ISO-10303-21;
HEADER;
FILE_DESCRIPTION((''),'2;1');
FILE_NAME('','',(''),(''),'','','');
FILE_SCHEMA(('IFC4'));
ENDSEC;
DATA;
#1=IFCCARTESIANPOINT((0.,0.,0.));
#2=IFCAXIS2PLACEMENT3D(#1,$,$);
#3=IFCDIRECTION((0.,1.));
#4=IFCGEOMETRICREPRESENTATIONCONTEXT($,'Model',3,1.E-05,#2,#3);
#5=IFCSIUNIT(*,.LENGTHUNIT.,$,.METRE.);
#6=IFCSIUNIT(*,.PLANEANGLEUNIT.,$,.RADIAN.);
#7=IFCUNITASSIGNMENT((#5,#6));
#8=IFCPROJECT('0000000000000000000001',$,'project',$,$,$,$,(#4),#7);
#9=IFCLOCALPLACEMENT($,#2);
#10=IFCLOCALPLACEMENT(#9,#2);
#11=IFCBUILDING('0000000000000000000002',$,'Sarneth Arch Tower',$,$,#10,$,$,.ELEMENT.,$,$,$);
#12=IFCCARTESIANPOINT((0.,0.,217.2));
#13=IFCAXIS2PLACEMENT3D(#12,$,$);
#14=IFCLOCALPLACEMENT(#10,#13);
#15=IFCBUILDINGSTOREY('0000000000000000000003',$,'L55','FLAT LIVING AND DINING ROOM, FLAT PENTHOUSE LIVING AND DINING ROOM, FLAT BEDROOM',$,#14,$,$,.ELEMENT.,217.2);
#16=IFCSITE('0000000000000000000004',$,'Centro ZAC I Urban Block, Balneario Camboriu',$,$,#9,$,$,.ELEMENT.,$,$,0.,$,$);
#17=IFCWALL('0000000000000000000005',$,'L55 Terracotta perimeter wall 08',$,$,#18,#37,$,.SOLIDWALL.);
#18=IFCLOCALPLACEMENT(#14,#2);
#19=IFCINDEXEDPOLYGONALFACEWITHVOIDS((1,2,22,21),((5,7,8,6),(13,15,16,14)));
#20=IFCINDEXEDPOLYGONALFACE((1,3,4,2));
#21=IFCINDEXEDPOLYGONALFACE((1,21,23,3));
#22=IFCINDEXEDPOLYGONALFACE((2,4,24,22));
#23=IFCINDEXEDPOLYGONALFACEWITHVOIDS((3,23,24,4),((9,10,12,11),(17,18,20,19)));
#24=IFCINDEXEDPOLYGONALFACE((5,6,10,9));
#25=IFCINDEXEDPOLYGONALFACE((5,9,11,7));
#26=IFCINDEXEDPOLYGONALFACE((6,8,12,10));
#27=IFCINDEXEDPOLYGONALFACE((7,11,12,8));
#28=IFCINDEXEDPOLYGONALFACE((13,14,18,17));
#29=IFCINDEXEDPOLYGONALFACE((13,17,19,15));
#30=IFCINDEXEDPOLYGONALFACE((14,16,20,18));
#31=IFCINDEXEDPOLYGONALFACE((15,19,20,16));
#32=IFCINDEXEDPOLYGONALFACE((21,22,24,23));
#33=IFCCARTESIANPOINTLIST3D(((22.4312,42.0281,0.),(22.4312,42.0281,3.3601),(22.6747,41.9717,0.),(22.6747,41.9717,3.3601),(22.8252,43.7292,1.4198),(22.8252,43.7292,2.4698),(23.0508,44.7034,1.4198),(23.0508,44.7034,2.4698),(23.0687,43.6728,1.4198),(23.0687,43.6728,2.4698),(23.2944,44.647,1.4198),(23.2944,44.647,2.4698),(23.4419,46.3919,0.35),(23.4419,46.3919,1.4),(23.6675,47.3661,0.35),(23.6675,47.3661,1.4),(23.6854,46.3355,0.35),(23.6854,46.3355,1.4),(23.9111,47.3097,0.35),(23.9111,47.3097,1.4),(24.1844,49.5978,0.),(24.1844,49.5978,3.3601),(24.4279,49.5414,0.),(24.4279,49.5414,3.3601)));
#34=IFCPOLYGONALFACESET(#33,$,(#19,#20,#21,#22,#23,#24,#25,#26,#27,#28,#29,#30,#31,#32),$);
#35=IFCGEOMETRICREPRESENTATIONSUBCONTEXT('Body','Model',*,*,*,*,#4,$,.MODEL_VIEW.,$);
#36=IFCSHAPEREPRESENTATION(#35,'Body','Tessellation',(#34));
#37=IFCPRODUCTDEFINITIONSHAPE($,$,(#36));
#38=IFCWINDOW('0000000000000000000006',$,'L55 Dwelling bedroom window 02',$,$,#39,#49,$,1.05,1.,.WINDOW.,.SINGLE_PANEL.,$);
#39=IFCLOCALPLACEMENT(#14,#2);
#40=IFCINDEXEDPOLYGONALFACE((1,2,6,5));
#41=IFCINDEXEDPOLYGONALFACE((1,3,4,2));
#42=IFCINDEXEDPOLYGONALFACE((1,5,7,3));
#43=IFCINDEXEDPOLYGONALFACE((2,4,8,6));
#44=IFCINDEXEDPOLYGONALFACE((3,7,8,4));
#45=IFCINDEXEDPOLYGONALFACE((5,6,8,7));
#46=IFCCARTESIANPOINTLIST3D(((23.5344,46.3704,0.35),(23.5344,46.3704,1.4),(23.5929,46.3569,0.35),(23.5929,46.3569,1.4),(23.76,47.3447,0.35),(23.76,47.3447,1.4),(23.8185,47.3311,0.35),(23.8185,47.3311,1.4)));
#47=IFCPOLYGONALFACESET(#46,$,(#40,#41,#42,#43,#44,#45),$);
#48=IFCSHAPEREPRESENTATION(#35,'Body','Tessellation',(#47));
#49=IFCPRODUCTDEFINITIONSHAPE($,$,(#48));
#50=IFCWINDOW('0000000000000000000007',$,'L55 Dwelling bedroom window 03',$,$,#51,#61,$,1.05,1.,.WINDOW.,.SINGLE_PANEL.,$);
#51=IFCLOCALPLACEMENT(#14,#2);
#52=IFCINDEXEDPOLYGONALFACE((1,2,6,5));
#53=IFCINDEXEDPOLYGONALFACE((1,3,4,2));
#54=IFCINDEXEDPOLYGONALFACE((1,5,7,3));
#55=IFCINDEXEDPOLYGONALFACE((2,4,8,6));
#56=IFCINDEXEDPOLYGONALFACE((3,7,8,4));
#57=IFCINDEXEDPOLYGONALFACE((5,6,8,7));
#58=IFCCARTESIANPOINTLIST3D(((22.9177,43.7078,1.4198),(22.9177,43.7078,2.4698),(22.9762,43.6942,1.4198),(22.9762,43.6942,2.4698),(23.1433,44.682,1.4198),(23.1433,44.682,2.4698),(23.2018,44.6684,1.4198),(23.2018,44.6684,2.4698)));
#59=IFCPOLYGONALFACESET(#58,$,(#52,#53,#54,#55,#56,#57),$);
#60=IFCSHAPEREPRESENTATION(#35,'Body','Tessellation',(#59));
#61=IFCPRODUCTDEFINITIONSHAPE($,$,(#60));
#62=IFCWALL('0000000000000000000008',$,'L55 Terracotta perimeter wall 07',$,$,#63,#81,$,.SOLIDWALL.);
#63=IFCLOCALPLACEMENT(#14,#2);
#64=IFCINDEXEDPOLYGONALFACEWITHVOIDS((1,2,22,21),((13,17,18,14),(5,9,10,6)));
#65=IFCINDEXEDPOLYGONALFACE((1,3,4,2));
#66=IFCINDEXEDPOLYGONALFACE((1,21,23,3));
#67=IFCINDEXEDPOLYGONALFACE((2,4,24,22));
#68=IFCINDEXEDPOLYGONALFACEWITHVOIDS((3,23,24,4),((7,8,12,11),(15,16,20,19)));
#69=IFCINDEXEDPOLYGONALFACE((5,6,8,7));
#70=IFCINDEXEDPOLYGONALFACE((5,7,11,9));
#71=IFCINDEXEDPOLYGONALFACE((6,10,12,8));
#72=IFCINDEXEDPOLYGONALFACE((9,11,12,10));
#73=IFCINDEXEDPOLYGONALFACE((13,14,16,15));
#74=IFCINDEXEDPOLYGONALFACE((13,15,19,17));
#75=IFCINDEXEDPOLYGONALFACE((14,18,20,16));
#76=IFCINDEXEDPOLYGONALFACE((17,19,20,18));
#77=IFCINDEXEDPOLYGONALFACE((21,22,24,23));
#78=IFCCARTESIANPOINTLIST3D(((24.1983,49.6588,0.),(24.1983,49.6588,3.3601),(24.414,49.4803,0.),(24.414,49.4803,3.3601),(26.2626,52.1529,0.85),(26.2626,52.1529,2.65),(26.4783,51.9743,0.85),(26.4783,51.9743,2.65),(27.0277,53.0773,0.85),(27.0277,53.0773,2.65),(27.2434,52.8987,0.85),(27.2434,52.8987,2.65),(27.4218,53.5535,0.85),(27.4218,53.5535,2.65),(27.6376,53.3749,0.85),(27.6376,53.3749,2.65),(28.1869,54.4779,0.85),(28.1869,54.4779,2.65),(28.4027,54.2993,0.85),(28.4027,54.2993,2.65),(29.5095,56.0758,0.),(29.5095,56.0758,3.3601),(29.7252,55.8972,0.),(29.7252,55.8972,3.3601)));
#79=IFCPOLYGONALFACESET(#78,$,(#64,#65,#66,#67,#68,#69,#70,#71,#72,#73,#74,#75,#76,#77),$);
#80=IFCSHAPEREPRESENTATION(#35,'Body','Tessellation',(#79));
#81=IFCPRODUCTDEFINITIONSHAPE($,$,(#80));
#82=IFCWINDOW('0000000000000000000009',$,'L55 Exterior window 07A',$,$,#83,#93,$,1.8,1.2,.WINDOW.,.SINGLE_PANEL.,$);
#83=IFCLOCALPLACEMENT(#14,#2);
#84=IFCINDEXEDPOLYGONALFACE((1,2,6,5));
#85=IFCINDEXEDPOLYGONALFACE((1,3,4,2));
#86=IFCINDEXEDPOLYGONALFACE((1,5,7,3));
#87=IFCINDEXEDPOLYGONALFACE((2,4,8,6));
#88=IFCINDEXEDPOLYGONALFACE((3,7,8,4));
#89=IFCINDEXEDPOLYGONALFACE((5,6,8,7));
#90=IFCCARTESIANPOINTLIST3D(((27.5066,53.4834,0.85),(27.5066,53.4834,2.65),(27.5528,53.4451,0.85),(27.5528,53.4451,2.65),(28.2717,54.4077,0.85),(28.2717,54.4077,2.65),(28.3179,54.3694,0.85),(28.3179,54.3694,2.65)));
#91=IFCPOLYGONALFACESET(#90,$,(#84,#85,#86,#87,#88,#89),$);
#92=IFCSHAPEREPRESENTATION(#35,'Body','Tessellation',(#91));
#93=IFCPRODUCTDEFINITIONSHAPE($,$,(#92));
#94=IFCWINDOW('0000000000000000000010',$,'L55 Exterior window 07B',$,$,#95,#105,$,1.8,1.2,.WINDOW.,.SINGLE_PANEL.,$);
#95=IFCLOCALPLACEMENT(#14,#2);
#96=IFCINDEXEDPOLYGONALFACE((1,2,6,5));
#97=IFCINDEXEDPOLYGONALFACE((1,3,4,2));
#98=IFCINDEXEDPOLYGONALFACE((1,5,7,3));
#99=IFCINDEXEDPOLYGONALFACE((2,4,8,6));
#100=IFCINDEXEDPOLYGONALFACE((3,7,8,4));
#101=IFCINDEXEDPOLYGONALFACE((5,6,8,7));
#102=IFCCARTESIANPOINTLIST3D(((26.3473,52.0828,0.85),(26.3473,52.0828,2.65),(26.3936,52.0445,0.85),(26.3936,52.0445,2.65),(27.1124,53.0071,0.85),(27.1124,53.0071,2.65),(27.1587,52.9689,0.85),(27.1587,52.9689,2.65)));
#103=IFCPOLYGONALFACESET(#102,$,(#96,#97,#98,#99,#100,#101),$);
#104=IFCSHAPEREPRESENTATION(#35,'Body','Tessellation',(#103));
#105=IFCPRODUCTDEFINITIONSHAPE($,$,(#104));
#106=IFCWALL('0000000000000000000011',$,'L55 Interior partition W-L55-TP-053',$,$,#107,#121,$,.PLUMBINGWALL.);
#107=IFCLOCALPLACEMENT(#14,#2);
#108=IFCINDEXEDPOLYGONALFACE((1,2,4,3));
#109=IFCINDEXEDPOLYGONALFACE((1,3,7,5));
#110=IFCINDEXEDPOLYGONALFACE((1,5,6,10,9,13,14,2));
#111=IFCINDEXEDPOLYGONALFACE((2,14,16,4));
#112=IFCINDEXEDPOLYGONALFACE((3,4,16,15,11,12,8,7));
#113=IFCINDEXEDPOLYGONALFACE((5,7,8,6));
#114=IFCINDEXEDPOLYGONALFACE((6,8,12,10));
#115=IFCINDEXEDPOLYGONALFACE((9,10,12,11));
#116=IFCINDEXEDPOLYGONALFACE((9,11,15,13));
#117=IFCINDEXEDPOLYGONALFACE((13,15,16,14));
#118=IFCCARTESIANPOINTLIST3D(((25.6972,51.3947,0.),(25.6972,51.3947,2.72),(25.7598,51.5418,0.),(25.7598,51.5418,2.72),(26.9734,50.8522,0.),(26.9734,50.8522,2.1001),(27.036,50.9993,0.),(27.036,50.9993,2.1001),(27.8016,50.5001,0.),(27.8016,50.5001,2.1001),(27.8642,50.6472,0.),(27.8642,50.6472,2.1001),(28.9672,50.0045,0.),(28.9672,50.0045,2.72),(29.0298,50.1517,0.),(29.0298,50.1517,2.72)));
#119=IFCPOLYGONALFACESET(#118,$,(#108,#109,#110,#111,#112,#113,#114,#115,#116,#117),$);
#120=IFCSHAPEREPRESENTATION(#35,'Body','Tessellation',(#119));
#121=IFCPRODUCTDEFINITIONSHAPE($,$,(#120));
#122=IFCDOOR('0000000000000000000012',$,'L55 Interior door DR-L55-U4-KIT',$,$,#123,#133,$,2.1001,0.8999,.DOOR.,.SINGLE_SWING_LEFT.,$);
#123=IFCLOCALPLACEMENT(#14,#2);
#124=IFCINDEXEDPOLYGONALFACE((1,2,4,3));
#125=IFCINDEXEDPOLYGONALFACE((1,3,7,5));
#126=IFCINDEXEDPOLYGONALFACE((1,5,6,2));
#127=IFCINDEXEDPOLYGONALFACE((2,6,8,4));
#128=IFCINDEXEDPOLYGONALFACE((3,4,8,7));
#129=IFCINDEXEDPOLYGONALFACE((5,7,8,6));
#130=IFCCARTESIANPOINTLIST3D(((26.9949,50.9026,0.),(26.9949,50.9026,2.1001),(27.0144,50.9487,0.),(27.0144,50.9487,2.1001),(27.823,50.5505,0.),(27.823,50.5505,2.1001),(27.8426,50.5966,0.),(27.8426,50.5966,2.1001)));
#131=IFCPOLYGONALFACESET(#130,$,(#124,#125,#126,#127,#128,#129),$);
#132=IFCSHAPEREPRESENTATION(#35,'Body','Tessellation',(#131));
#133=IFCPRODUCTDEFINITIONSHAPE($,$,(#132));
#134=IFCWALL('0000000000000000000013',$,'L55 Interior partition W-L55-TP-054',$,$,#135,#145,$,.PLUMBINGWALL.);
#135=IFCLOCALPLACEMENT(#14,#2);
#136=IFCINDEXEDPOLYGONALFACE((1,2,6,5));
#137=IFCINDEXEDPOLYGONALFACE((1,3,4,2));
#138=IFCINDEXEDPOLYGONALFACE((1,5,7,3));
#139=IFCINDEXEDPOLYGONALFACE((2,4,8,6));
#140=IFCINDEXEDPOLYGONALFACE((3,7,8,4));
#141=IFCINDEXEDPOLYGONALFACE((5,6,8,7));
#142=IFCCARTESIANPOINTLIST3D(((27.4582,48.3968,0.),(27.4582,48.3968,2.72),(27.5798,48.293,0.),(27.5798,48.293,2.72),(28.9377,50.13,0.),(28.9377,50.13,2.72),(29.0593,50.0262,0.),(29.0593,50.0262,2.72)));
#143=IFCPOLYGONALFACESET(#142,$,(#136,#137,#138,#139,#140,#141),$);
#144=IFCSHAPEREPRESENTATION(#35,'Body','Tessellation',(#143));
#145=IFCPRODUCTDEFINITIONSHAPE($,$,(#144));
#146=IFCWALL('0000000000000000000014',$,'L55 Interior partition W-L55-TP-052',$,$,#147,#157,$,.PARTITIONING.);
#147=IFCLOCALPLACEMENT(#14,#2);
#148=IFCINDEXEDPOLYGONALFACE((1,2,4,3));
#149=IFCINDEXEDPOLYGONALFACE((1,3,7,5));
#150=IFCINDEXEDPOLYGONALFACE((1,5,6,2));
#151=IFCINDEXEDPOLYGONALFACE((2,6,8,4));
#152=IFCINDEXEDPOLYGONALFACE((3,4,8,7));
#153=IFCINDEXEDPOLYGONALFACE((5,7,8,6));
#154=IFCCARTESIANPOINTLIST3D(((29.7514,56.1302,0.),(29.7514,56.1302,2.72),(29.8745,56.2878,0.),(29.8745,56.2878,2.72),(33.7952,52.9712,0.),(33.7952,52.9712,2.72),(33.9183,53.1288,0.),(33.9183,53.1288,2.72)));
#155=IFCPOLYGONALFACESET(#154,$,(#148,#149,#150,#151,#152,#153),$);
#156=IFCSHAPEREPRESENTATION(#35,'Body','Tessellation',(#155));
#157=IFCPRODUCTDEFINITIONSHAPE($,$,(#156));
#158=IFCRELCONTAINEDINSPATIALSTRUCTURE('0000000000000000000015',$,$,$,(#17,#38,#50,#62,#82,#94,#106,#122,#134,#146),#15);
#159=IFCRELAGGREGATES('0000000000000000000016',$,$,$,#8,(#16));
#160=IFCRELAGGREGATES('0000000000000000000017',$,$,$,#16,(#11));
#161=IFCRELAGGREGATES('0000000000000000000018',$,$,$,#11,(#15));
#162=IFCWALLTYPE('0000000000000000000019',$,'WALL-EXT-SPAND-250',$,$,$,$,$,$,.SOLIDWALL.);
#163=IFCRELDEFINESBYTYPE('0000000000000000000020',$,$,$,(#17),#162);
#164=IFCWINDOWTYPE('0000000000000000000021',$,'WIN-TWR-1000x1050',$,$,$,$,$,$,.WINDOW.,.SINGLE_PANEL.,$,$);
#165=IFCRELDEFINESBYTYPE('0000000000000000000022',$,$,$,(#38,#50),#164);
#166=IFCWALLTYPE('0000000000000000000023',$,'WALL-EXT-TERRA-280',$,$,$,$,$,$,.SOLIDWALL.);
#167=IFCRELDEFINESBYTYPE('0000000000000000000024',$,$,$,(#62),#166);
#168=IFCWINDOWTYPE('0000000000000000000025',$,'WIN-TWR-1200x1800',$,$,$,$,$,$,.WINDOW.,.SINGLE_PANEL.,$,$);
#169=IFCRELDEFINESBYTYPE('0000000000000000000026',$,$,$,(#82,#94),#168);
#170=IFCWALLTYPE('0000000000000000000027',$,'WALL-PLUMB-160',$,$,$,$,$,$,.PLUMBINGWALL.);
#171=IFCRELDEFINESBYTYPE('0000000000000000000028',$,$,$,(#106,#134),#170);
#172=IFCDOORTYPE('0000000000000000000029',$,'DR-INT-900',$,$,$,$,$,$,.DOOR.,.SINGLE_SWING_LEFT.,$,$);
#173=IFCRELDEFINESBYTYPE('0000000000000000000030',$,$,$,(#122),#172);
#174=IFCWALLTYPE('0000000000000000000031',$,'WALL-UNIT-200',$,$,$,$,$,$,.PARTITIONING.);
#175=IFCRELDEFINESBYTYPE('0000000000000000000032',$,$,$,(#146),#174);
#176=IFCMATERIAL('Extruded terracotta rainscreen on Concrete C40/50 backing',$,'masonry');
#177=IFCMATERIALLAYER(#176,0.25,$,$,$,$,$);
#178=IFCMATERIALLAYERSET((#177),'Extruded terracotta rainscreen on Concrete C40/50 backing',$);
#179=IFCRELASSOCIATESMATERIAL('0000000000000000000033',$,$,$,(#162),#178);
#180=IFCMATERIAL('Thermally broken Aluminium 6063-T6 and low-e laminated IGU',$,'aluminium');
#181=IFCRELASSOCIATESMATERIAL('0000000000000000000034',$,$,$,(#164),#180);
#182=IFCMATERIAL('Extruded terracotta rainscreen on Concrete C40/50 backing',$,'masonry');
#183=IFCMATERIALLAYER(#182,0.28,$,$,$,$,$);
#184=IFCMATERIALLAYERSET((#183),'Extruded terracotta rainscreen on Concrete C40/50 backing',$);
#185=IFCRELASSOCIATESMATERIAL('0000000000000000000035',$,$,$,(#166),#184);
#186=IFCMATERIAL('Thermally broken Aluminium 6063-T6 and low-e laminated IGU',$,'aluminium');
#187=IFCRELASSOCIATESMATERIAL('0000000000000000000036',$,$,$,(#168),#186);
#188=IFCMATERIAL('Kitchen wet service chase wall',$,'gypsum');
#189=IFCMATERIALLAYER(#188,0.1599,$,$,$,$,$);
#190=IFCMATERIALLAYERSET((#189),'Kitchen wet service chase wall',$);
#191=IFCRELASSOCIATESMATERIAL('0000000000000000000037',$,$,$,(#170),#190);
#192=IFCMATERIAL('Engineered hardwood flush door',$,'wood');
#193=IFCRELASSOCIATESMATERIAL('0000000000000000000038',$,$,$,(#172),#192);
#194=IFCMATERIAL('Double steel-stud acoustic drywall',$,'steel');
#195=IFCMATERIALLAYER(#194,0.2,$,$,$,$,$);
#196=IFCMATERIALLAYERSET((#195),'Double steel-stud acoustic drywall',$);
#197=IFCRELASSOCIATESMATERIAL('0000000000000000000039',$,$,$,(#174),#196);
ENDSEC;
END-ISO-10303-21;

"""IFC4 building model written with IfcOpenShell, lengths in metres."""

from ifc_helpers import new_model, si_unit, direction, frame, frame_2d, origin, place, context, subcontext, project, spatial, rectangle, extrude, material, layer, layer_set, type_object, element, fill, save


model = new_model("IFC4")

# Units and contexts
model_context = context("Model", 3, precision=1e-05, world=origin(), true_north=direction((0.0, 1.0)))
body_context = subcontext(model_context, "Body", "Model", "MODEL_VIEW")
ifc_project = project(units=[si_unit("LENGTHUNIT", "METRE"), si_unit("PLANEANGLEUNIT", "RADIAN")], contexts=[model_context])

# Site, building, storey
site_placement = place(None, origin())
site = spatial("IfcSite", under=ifc_project, at=site_placement, Name="Centro ZAC I Urban Block, Balneario Camboriu", CompositionType="ELEMENT", RefElevation=0.0)
building_placement = place(site_placement, origin())
building = spatial("IfcBuilding", under=site, at=building_placement, Name="Sarneth Arch Tower", CompositionType="ELEMENT")
storey_placement = place(building_placement, frame((0.0, 0.0, 217.2)))
storey = spatial("IfcBuildingStorey", under=building, at=storey_placement, Name="L55", Description="FLAT LIVING AND DINING ROOM, FLAT PENTHOUSE LIVING AND DINING ROOM, FLAT BEDROOM", CompositionType="ELEMENT", Elevation=217.2)

# Walls, openings, windows
ifc_material_1 = material(Name="Extruded terracotta rainscreen on Concrete C40/50 backing", Category="masonry")
ifc_layer_1 = layer(ifc_material_1, 0.25)
ifc_layer_set_1 = layer_set([ifc_layer_1], Name="Extruded terracotta rainscreen on Concrete C40/50 backing")
wall_type_1 = type_object("IfcWallType", Name="WALL-EXT-SPAND-250", PredefinedType="SOLIDWALL", material=ifc_layer_set_1)
wall_1_placement = place(storey_placement, frame((24.3062, 49.5696, 0.0), z_axis=(0.0, 0.0, 1.0), x_axis=(-0.225635, -0.974212, 0.0)))
wall_1 = element("IfcWall", 1, at=wall_1_placement, inside=storey, type_object=wall_type_1, Name="L55 Terracotta perimeter wall 08", PredefinedType="SOLIDWALL", context=body_context, shape_type="SweptSolid", body=[
    extrude(rectangle(XDim=7.77, YDim=0.25, at=frame_2d((3.885, 0.0))), origin(), (0.0, 0.0, 1.0), 3.3601),
])
opening_1_placement = place(wall_1_placement, frame((2.2908, 0.0, 0.3501)))
opening_1 = element("IfcOpeningElement", 2, at=opening_1_placement, cuts=wall_1, PredefinedType="OPENING", context=body_context, shape_type="SweptSolid", body=[
    extrude(rectangle(XDim=1.0, YDim=1.05, at=frame_2d((0.5, 0.5249))), frame((0.0, 0.135, 0.0), z_axis=(0.0, -1.0, 0.0), x_axis=(1.0, 0.0, 0.0)), (0.0, 0.0, 1.0), 0.27),
])
opening_2_placement = place(wall_1_placement, frame((5.0239, 0.0, 1.4199)))
opening_2 = element("IfcOpeningElement", 3, at=opening_2_placement, cuts=wall_1, PredefinedType="OPENING", context=body_context, shape_type="SweptSolid", body=[
    extrude(rectangle(XDim=1.0, YDim=1.05, at=frame_2d((0.5, 0.5249))), frame((0.0, 0.135, 0.0), z_axis=(0.0, -1.0, 0.0), x_axis=(1.0, 0.0, 0.0)), (0.0, 0.0, 1.0), 0.27),
])
ifc_material_2 = material(Name="Thermally broken Aluminium 6063-T6 and low-e laminated IGU", Category="aluminium")
window_type_1 = type_object("IfcWindowType", Name="WIN-TWR-1000x1050", PartitioningType="SINGLE_PANEL", PredefinedType="WINDOW", material=ifc_material_2)
window_1_placement = place(opening_1_placement, origin())
window_1 = element("IfcWindow", 4, at=window_1_placement, inside=storey, type_object=window_type_1, Name="L55 Dwelling bedroom window 02", OverallHeight=1.05, OverallWidth=1.0, PartitioningType="SINGLE_PANEL", PredefinedType="WINDOW", context=body_context, shape_type="SweptSolid", body=[
    extrude(rectangle(XDim=1.0, YDim=1.05, at=frame_2d((0.5, 0.5249))), frame((0.0, 0.03, 0.0), z_axis=(0.0, -1.0, 0.0), x_axis=(1.0, 0.0, 0.0)), (0.0, 0.0, 1.0), 0.0601),
])
fill(opening_1, window_1)
window_2_placement = place(opening_2_placement, origin())
window_2 = element("IfcWindow", 5, at=window_2_placement, inside=storey, type_object=window_type_1, Name="L55 Dwelling bedroom window 03", OverallHeight=1.05, OverallWidth=1.0, PartitioningType="SINGLE_PANEL", PredefinedType="WINDOW", context=body_context, shape_type="SweptSolid", body=[
    extrude(rectangle(XDim=1.0, YDim=1.05, at=frame_2d((0.5, 0.5249))), frame((0.0, 0.03, 0.0), z_axis=(0.0, -1.0, 0.0), x_axis=(1.0, 0.0, 0.0)), (0.0, 0.0, 1.0), 0.0601),
])
fill(opening_2, window_2)
ifc_material_3 = material(Name="Extruded terracotta rainscreen on Concrete C40/50 backing", Category="masonry")
ifc_layer_2 = layer(ifc_material_3, 0.28)
ifc_layer_set_2 = layer_set([ifc_layer_2], Name="Extruded terracotta rainscreen on Concrete C40/50 backing")
wall_type_2 = type_object("IfcWallType", Name="WALL-EXT-TERRA-280", PredefinedType="SOLIDWALL", material=ifc_layer_set_2)
wall_2_placement = place(storey_placement, frame((29.6174, 55.9866, 0.0), z_axis=(0.0, 0.0, 1.0), x_axis=(-0.637615, -0.770355, 0.0)))
wall_2 = element("IfcWall", 6, at=wall_2_placement, inside=storey, type_object=wall_type_2, Name="L55 Terracotta perimeter wall 07", PredefinedType="SOLIDWALL", context=body_context, shape_type="SweptSolid", body=[
    extrude(rectangle(XDim=8.3298, YDim=0.28, at=frame_2d((4.165, 0.0))), origin(), (0.0, 0.0, 1.0), 3.3601),
])
opening_3_placement = place(wall_2_placement, frame((2.0742, 0.0, 0.8501)))
opening_3 = element("IfcOpeningElement", 7, at=opening_3_placement, cuts=wall_2, PredefinedType="OPENING", context=body_context, shape_type="SweptSolid", body=[
    extrude(rectangle(XDim=1.2, YDim=1.8, at=frame_2d((0.6001, 0.8999))), frame((0.0, 0.1499, 0.0), z_axis=(0.0, -1.0, 0.0), x_axis=(1.0, 0.0, 0.0)), (0.0, 0.0, 1.0), 0.3),
])
opening_4_placement = place(wall_2_placement, frame((3.8923, 0.0, 0.8501)))
opening_4 = element("IfcOpeningElement", 8, at=opening_4_placement, cuts=wall_2, PredefinedType="OPENING", context=body_context, shape_type="SweptSolid", body=[
    extrude(rectangle(XDim=1.2, YDim=1.8, at=frame_2d((0.6001, 0.8999))), frame((0.0, 0.1499, 0.0), z_axis=(0.0, -1.0, 0.0), x_axis=(1.0, 0.0, 0.0)), (0.0, 0.0, 1.0), 0.3),
])
ifc_material_4 = material(Name="Thermally broken Aluminium 6063-T6 and low-e laminated IGU", Category="aluminium")
window_type_2 = type_object("IfcWindowType", Name="WIN-TWR-1200x1800", PartitioningType="SINGLE_PANEL", PredefinedType="WINDOW", material=ifc_material_4)
window_3_placement = place(opening_3_placement, origin())
window_3 = element("IfcWindow", 9, at=window_3_placement, inside=storey, type_object=window_type_2, Name="L55 Exterior window 07A", OverallHeight=1.8, OverallWidth=1.2, PartitioningType="SINGLE_PANEL", PredefinedType="WINDOW", context=body_context, shape_type="SweptSolid", body=[
    extrude(rectangle(XDim=1.2, YDim=1.8, at=frame_2d((0.6001, 0.8999))), frame((0.0, 0.03, 0.0), z_axis=(0.0, -1.0, 0.0), x_axis=(1.0, 0.0, 0.0)), (0.0, 0.0, 1.0), 0.0601),
])
fill(opening_3, window_3)
window_4_placement = place(opening_4_placement, origin())
window_4 = element("IfcWindow", 10, at=window_4_placement, inside=storey, type_object=window_type_2, Name="L55 Exterior window 07B", OverallHeight=1.8, OverallWidth=1.2, PartitioningType="SINGLE_PANEL", PredefinedType="WINDOW", context=body_context, shape_type="SweptSolid", body=[
    extrude(rectangle(XDim=1.2, YDim=1.8, at=frame_2d((0.6001, 0.8999))), frame((0.0, 0.03, 0.0), z_axis=(0.0, -1.0, 0.0), x_axis=(1.0, 0.0, 0.0)), (0.0, 0.0, 1.0), 0.0601),
])
fill(opening_4, window_4)

# Wall, opening, door
ifc_material_5 = material(Name="Kitchen wet service chase wall", Category="gypsum")
ifc_layer_3 = layer(ifc_material_5, 0.1599)
ifc_layer_set_3 = layer_set([ifc_layer_3], Name="Kitchen wet service chase wall")
wall_type_3 = type_object("IfcWallType", Name="WALL-PLUMB-160", PredefinedType="PLUMBINGWALL", material=ifc_layer_set_3)
wall_3_placement = place(storey_placement, frame((25.7285, 51.4683, 0.0), z_axis=(0.0, 0.0, 1.0), x_axis=(0.920293, -0.391231, 0.0)))
wall_3 = element("IfcWall", 11, at=wall_3_placement, inside=storey, type_object=wall_type_3, Name="L55 Interior partition W-L55-TP-053", PredefinedType="PLUMBINGWALL", context=body_context, shape_type="SweptSolid", body=[
    extrude(rectangle(XDim=3.5532, YDim=0.1599, at=frame_2d((1.7766, 0.0))), origin(), (0.0, 0.0, 1.0), 2.72),
])
opening_5_placement = place(wall_3_placement, frame((1.3867, 0.0, 0.0)))
opening_5 = element("IfcOpeningElement", 12, at=opening_5_placement, cuts=wall_3, PredefinedType="OPENING", context=body_context, shape_type="SweptSolid", body=[
    extrude(rectangle(XDim=0.8999, YDim=2.1001, at=frame_2d((0.45, 1.05))), frame((0.0, 0.0898, 0.0), z_axis=(0.0, -1.0, 0.0), x_axis=(1.0, 0.0, 0.0)), (0.0, 0.0, 1.0), 0.1799),
])
ifc_material_6 = material(Name="Engineered hardwood flush door", Category="wood")
door_type_1 = type_object("IfcDoorType", Name="DR-INT-900", OperationType="SINGLE_SWING_LEFT", PredefinedType="DOOR", material=ifc_material_6)
door_1_placement = place(opening_5_placement, origin())
door_1 = element("IfcDoor", 13, at=door_1_placement, inside=storey, type_object=door_type_1, Name="L55 Interior door DR-L55-U4-KIT", OperationType="SINGLE_SWING_LEFT", OverallHeight=2.1001, OverallWidth=0.8999, PredefinedType="DOOR", context=body_context, shape_type="SweptSolid", body=[
    extrude(rectangle(XDim=0.8999, YDim=2.1001, at=frame_2d((0.45, 1.05))), frame((0.0, 0.0249, 0.0), z_axis=(0.0, -1.0, 0.0), x_axis=(1.0, 0.0, 0.0)), (0.0, 0.0, 1.0), 0.05),
])
fill(opening_5, door_1)

# Walls
wall_4_placement = place(storey_placement, frame((28.9985, 50.0781, 0.0), z_axis=(0.0, 0.0, 1.0), x_axis=(-0.649255, -0.760571, 0.0)))
element("IfcWall", 14, at=wall_4_placement, inside=storey, type_object=wall_type_3, Name="L55 Interior partition W-L55-TP-054", PredefinedType="PLUMBINGWALL", context=body_context, shape_type="SweptSolid", body=[
    extrude(rectangle(XDim=2.2788, YDim=0.1599, at=frame_2d((1.1394, 0.0))), origin(), (0.0, 0.0, 1.0), 2.72),
])
ifc_material_7 = material(Name="Double steel-stud acoustic drywall", Category="steel")
ifc_layer_4 = layer(ifc_material_7, 0.2)
ifc_layer_set_4 = layer_set([ifc_layer_4], Name="Double steel-stud acoustic drywall")
wall_type_4 = type_object("IfcWallType", Name="WALL-UNIT-200", PredefinedType="PARTITIONING", material=ifc_layer_set_4)
wall_5_placement = place(storey_placement, frame((29.813, 56.209, 0.0), z_axis=(0.0, 0.0, 1.0), x_axis=(0.788044, -0.615619, 0.0)))
element("IfcWall", 15, at=wall_5_placement, inside=storey, type_object=wall_type_4, Name="L55 Interior partition W-L55-TP-052", PredefinedType="PARTITIONING", context=body_context, shape_type="SweptSolid", body=[
    extrude(rectangle(XDim=5.1313, YDim=0.2, at=frame_2d((2.5657, 0.0))), origin(), (0.0, 0.0, 1.0), 2.72),
])

save(model, "model.ifc")
